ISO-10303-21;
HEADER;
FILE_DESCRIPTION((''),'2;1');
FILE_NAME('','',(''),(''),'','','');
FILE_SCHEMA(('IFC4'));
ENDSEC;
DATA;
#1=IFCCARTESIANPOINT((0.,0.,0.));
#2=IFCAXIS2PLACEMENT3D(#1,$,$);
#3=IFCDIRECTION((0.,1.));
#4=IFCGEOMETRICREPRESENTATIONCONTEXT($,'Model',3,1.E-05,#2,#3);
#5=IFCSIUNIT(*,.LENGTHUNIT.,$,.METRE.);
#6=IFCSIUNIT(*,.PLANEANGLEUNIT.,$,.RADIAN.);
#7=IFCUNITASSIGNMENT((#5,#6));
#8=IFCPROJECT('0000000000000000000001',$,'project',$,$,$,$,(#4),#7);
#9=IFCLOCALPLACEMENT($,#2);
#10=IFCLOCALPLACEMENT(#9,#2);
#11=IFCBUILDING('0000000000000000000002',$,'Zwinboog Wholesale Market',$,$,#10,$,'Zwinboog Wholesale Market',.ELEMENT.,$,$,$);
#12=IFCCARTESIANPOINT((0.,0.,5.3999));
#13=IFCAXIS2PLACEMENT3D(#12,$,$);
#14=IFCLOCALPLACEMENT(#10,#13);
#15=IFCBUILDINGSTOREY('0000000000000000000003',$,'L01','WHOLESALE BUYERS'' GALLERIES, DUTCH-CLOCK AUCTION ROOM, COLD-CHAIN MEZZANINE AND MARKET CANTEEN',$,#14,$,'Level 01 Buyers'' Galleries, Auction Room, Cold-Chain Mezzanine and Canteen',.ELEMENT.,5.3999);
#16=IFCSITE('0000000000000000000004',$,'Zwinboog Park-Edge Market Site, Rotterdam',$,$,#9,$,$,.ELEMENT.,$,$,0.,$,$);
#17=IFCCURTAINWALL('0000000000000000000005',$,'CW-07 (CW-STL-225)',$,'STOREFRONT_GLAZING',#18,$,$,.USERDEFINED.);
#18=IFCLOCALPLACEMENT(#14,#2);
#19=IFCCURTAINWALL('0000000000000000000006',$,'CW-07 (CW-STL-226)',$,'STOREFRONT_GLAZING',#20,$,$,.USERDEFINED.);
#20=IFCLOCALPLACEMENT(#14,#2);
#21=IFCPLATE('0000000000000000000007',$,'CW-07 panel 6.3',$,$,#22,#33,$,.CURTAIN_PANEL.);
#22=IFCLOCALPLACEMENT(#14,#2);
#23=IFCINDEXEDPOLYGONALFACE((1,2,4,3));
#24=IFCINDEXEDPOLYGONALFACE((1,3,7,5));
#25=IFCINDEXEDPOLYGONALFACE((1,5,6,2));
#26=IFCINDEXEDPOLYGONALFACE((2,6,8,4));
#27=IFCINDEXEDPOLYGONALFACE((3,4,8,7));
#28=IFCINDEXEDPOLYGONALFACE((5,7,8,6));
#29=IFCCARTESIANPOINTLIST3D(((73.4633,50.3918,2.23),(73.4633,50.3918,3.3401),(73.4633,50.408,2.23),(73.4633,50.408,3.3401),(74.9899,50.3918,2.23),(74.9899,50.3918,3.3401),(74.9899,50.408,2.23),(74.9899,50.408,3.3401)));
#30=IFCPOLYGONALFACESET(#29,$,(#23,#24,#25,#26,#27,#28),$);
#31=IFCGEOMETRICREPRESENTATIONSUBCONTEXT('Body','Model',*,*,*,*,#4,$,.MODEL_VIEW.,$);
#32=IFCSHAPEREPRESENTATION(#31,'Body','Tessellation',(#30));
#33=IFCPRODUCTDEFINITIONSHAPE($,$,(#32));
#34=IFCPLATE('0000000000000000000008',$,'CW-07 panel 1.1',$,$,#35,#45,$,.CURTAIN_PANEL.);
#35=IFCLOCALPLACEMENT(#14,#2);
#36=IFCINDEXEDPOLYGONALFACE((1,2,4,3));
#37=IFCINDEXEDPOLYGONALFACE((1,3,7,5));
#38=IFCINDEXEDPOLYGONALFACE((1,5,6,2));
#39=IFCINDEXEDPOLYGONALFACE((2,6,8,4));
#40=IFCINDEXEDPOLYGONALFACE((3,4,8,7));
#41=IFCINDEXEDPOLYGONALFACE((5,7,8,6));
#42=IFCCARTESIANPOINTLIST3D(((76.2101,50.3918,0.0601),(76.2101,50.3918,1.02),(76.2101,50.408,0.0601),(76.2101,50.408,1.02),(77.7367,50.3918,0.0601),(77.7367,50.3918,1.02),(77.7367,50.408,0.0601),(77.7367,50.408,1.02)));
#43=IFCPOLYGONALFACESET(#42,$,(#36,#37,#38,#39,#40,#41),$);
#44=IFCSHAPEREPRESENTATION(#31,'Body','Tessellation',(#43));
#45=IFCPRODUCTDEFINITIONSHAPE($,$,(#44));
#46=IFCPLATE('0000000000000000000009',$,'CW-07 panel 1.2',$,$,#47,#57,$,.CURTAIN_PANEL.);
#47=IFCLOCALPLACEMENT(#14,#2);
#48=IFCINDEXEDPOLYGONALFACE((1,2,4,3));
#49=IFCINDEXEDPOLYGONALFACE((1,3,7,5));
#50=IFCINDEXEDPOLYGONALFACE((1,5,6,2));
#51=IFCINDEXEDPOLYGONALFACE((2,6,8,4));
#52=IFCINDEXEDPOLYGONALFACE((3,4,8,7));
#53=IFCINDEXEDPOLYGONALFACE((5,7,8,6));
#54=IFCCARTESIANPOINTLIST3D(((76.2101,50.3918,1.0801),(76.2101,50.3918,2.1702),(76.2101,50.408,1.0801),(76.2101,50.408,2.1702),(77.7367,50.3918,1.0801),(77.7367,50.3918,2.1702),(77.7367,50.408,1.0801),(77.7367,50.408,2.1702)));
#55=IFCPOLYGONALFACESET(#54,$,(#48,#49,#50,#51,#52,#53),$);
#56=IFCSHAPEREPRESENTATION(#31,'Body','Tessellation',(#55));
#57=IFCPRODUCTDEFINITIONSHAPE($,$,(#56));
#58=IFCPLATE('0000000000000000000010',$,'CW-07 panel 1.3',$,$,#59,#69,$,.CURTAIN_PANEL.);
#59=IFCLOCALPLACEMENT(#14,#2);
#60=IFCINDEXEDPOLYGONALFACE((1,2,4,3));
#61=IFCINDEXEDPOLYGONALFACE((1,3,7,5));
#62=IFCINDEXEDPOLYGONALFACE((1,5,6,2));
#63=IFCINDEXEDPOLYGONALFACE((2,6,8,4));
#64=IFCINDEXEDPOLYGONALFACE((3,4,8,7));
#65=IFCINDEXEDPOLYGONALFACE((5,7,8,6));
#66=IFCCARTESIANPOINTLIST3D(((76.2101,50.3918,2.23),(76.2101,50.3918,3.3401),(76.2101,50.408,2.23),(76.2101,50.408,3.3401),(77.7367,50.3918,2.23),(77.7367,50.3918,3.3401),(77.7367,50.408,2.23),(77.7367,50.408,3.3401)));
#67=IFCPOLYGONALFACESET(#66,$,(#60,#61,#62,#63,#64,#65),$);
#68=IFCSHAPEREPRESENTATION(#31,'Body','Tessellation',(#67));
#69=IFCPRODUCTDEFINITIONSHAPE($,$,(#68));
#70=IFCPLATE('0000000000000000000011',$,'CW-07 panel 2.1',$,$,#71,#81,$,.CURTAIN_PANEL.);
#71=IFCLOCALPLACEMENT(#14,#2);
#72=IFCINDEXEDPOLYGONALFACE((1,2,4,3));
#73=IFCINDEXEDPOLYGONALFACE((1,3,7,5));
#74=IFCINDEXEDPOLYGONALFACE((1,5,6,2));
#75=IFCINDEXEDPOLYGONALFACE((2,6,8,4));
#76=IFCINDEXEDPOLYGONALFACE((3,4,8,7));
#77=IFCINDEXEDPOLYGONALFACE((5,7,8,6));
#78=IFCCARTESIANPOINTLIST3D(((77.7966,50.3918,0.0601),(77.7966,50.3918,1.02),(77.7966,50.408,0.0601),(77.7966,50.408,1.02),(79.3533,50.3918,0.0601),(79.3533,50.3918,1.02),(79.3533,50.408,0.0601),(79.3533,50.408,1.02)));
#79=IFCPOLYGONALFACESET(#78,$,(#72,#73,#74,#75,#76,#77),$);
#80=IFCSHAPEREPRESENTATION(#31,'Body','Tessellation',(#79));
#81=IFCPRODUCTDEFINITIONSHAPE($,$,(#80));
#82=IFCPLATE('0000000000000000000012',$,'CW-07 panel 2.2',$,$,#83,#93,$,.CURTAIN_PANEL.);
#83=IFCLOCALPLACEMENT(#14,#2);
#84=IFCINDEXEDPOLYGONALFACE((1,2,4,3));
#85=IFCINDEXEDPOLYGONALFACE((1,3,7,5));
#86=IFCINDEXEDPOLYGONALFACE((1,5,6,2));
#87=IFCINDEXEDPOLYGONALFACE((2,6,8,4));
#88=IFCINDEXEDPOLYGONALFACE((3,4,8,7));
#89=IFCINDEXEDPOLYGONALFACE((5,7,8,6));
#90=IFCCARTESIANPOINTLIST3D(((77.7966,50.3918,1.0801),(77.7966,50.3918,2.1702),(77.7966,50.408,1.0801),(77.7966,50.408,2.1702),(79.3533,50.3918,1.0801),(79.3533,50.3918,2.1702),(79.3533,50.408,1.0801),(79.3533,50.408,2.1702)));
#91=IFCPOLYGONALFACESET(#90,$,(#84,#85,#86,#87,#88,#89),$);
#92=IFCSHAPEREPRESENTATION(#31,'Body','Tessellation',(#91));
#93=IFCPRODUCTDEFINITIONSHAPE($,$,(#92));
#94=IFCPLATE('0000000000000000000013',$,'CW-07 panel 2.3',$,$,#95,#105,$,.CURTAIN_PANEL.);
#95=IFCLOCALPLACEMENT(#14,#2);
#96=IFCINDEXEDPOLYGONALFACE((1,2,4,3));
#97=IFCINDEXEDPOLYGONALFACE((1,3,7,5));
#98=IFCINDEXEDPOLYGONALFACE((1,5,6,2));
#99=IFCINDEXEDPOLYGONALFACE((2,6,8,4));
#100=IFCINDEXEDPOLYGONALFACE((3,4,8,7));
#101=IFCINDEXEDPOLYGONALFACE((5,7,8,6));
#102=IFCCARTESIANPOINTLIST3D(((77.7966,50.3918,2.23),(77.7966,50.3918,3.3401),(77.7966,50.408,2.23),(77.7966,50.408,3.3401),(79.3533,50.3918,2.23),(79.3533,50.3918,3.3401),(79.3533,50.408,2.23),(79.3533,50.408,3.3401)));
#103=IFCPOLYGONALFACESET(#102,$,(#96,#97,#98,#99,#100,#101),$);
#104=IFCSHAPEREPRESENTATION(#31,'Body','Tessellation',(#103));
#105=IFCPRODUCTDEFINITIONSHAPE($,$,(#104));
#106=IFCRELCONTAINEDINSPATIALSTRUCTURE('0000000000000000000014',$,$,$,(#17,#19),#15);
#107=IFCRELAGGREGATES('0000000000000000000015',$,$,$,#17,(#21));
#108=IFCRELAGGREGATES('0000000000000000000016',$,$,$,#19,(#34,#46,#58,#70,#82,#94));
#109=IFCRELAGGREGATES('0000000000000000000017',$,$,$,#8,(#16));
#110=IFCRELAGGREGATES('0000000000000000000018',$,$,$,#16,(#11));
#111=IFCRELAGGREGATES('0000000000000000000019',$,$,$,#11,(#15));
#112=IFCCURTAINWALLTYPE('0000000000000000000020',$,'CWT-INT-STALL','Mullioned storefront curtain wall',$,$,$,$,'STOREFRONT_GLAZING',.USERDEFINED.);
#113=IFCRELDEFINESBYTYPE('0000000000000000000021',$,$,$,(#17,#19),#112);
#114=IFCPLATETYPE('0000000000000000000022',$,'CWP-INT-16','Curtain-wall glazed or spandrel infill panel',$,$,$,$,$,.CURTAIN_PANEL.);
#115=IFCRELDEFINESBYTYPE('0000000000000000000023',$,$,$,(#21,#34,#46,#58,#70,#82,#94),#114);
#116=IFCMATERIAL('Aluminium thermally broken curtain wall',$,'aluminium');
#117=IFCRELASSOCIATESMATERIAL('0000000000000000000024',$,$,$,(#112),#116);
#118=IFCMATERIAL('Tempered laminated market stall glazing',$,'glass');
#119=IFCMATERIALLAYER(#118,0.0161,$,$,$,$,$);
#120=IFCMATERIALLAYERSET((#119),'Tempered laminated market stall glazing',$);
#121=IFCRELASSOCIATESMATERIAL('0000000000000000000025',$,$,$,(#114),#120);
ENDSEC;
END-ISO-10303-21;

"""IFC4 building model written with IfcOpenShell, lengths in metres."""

from ifc_helpers import new_model, si_unit, direction, frame, origin, origin_2d, place, context, subcontext, project, spatial, rectangle, extrude, material, layer, layer_set, type_object, element, aggregate, save


model = new_model("IFC4")

# Units and contexts
model_context = context("Model", 3, precision=1e-05, world=origin(), true_north=direction((0.0, 1.0)))
body_context = subcontext(model_context, "Body", "Model", "MODEL_VIEW")
ifc_project = project(units=[si_unit("LENGTHUNIT", "METRE"), si_unit("PLANEANGLEUNIT", "RADIAN")], contexts=[model_context])

# Site, building, storey
site_placement = place(None, origin())
site = spatial("IfcSite", under=ifc_project, at=site_placement, Name="Zwinboog Park-Edge Market Site, Rotterdam", CompositionType="ELEMENT", RefElevation=0.0)
building_placement = place(site_placement, origin())
building = spatial("IfcBuilding", under=site, at=building_placement, Name="Zwinboog Wholesale Market", LongName="Zwinboog Wholesale Market", CompositionType="ELEMENT")
storey_placement = place(building_placement, frame((0.0, 0.0, 5.3999)))
storey = spatial("IfcBuildingStorey", under=building, at=storey_placement, Name="L01", Description="WHOLESALE BUYERS' GALLERIES, DUTCH-CLOCK AUCTION ROOM, COLD-CHAIN MEZZANINE AND MARKET CANTEEN", LongName="Level 01 Buyers' Galleries, Auction Room, Cold-Chain Mezzanine and Canteen", CompositionType="ELEMENT", Elevation=5.3999)

# Curtain wall
ifc_material_1 = material(Name="Aluminium thermally broken curtain wall", Category="aluminium")
curtain_wall_type = type_object("IfcCurtainWallType", Name="CWT-INT-STALL", Description="Mullioned storefront curtain wall", ElementType="STOREFRONT_GLAZING", PredefinedType="USERDEFINED", material=ifc_material_1)
curtain_wall_1_placement = place(storey_placement, origin())
curtain_wall_1 = element("IfcCurtainWall", 1, at=curtain_wall_1_placement, inside=storey, type_object=curtain_wall_type, Name="CW-07 (CW-STL-225)", ObjectType="STOREFRONT_GLAZING", PredefinedType="USERDEFINED")

# Curtain wall
curtain_wall_2_placement = place(storey_placement, origin())
curtain_wall_2 = element("IfcCurtainWall", 2, at=curtain_wall_2_placement, inside=storey, type_object=curtain_wall_type, Name="CW-07 (CW-STL-226)", ObjectType="STOREFRONT_GLAZING", PredefinedType="USERDEFINED")

# Plates
ifc_material_2 = material(Name="Tempered laminated market stall glazing", Category="glass")
ifc_layer = layer(ifc_material_2, 0.0161)
ifc_layer_set = layer_set([ifc_layer], Name="Tempered laminated market stall glazing")
plate_type = type_object("IfcPlateType", Name="CWP-INT-16", Description="Curtain-wall glazed or spandrel infill panel", PredefinedType="CURTAIN_PANEL", material=ifc_layer_set)
plate_1_placement = place(storey_placement, frame((74.2266, 50.3999, 2.23), z_axis=(0.0, 0.0, 1.0), x_axis=(1.0, 0.0, 0.0)))
plate_1 = element("IfcPlate", 3, at=plate_1_placement, type_object=plate_type, Name="CW-07 panel 6.3", PredefinedType="CURTAIN_PANEL", context=body_context, shape_type="SweptSolid", body=[
    extrude(rectangle(XDim=1.5266, YDim=0.0161, at=origin_2d()), origin(), (0.0, 0.0, 1.0), 1.1101),
])
aggregate(curtain_wall_1, [plate_1])
plate_2_placement = place(storey_placement, frame((76.9734, 50.3999, 0.0601), z_axis=(0.0, 0.0, 1.0), x_axis=(1.0, 0.0, 0.0)))
plate_2 = element("IfcPlate", 4, at=plate_2_placement, type_object=plate_type, Name="CW-07 panel 1.1", PredefinedType="CURTAIN_PANEL", context=body_context, shape_type="SweptSolid", body=[
    extrude(rectangle(XDim=1.5266, YDim=0.0161, at=origin_2d()), origin(), (0.0, 0.0, 1.0), 0.96),
])
plate_3_placement = place(storey_placement, frame((76.9734, 50.3999, 1.0801), z_axis=(0.0, 0.0, 1.0), x_axis=(1.0, 0.0, 0.0)))
plate_3 = element("IfcPlate", 5, at=plate_3_placement, type_object=plate_type, Name="CW-07 panel 1.2", PredefinedType="CURTAIN_PANEL", context=body_context, shape_type="SweptSolid", body=[
    extrude(rectangle(XDim=1.5266, YDim=0.0161, at=origin_2d()), origin(), (0.0, 0.0, 1.0), 1.0901),
])
plate_4_placement = place(storey_placement, frame((76.9734, 50.3999, 2.23), z_axis=(0.0, 0.0, 1.0), x_axis=(1.0, 0.0, 0.0)))
plate_4 = element("IfcPlate", 6, at=plate_4_placement, type_object=plate_type, Name="CW-07 panel 1.3", PredefinedType="CURTAIN_PANEL", context=body_context, shape_type="SweptSolid", body=[
    extrude(rectangle(XDim=1.5266, YDim=0.0161, at=origin_2d()), origin(), (0.0, 0.0, 1.0), 1.1101),
])
plate_5_placement = place(storey_placement, frame((78.575, 50.3999, 0.0601), z_axis=(0.0, 0.0, 1.0), x_axis=(1.0, 0.0, 0.0)))
plate_5 = element("IfcPlate", 7, at=plate_5_placement, type_object=plate_type, Name="CW-07 panel 2.1", PredefinedType="CURTAIN_PANEL", context=body_context, shape_type="SweptSolid", body=[
    extrude(rectangle(XDim=1.5566, YDim=0.0161, at=origin_2d()), origin(), (0.0, 0.0, 1.0), 0.96),
])
plate_6_placement = place(storey_placement, frame((78.575, 50.3999, 1.0801), z_axis=(0.0, 0.0, 1.0), x_axis=(1.0, 0.0, 0.0)))
plate_6 = element("IfcPlate", 8, at=plate_6_placement, type_object=plate_type, Name="CW-07 panel 2.2", PredefinedType="CURTAIN_PANEL", context=body_context, shape_type="SweptSolid", body=[
    extrude(rectangle(XDim=1.5566, YDim=0.0161, at=origin_2d()), origin(), (0.0, 0.0, 1.0), 1.0901),
])
plate_7_placement = place(storey_placement, frame((78.575, 50.3999, 2.23), z_axis=(0.0, 0.0, 1.0), x_axis=(1.0, 0.0, 0.0)))
plate_7 = element("IfcPlate", 9, at=plate_7_placement, type_object=plate_type, Name="CW-07 panel 2.3", PredefinedType="CURTAIN_PANEL", context=body_context, shape_type="SweptSolid", body=[
    extrude(rectangle(XDim=1.5566, YDim=0.0161, at=origin_2d()), origin(), (0.0, 0.0, 1.0), 1.1101),
])
aggregate(curtain_wall_2, [plate_2, plate_3, plate_4, plate_5, plate_6, plate_7])

save(model, "model.ifc")
